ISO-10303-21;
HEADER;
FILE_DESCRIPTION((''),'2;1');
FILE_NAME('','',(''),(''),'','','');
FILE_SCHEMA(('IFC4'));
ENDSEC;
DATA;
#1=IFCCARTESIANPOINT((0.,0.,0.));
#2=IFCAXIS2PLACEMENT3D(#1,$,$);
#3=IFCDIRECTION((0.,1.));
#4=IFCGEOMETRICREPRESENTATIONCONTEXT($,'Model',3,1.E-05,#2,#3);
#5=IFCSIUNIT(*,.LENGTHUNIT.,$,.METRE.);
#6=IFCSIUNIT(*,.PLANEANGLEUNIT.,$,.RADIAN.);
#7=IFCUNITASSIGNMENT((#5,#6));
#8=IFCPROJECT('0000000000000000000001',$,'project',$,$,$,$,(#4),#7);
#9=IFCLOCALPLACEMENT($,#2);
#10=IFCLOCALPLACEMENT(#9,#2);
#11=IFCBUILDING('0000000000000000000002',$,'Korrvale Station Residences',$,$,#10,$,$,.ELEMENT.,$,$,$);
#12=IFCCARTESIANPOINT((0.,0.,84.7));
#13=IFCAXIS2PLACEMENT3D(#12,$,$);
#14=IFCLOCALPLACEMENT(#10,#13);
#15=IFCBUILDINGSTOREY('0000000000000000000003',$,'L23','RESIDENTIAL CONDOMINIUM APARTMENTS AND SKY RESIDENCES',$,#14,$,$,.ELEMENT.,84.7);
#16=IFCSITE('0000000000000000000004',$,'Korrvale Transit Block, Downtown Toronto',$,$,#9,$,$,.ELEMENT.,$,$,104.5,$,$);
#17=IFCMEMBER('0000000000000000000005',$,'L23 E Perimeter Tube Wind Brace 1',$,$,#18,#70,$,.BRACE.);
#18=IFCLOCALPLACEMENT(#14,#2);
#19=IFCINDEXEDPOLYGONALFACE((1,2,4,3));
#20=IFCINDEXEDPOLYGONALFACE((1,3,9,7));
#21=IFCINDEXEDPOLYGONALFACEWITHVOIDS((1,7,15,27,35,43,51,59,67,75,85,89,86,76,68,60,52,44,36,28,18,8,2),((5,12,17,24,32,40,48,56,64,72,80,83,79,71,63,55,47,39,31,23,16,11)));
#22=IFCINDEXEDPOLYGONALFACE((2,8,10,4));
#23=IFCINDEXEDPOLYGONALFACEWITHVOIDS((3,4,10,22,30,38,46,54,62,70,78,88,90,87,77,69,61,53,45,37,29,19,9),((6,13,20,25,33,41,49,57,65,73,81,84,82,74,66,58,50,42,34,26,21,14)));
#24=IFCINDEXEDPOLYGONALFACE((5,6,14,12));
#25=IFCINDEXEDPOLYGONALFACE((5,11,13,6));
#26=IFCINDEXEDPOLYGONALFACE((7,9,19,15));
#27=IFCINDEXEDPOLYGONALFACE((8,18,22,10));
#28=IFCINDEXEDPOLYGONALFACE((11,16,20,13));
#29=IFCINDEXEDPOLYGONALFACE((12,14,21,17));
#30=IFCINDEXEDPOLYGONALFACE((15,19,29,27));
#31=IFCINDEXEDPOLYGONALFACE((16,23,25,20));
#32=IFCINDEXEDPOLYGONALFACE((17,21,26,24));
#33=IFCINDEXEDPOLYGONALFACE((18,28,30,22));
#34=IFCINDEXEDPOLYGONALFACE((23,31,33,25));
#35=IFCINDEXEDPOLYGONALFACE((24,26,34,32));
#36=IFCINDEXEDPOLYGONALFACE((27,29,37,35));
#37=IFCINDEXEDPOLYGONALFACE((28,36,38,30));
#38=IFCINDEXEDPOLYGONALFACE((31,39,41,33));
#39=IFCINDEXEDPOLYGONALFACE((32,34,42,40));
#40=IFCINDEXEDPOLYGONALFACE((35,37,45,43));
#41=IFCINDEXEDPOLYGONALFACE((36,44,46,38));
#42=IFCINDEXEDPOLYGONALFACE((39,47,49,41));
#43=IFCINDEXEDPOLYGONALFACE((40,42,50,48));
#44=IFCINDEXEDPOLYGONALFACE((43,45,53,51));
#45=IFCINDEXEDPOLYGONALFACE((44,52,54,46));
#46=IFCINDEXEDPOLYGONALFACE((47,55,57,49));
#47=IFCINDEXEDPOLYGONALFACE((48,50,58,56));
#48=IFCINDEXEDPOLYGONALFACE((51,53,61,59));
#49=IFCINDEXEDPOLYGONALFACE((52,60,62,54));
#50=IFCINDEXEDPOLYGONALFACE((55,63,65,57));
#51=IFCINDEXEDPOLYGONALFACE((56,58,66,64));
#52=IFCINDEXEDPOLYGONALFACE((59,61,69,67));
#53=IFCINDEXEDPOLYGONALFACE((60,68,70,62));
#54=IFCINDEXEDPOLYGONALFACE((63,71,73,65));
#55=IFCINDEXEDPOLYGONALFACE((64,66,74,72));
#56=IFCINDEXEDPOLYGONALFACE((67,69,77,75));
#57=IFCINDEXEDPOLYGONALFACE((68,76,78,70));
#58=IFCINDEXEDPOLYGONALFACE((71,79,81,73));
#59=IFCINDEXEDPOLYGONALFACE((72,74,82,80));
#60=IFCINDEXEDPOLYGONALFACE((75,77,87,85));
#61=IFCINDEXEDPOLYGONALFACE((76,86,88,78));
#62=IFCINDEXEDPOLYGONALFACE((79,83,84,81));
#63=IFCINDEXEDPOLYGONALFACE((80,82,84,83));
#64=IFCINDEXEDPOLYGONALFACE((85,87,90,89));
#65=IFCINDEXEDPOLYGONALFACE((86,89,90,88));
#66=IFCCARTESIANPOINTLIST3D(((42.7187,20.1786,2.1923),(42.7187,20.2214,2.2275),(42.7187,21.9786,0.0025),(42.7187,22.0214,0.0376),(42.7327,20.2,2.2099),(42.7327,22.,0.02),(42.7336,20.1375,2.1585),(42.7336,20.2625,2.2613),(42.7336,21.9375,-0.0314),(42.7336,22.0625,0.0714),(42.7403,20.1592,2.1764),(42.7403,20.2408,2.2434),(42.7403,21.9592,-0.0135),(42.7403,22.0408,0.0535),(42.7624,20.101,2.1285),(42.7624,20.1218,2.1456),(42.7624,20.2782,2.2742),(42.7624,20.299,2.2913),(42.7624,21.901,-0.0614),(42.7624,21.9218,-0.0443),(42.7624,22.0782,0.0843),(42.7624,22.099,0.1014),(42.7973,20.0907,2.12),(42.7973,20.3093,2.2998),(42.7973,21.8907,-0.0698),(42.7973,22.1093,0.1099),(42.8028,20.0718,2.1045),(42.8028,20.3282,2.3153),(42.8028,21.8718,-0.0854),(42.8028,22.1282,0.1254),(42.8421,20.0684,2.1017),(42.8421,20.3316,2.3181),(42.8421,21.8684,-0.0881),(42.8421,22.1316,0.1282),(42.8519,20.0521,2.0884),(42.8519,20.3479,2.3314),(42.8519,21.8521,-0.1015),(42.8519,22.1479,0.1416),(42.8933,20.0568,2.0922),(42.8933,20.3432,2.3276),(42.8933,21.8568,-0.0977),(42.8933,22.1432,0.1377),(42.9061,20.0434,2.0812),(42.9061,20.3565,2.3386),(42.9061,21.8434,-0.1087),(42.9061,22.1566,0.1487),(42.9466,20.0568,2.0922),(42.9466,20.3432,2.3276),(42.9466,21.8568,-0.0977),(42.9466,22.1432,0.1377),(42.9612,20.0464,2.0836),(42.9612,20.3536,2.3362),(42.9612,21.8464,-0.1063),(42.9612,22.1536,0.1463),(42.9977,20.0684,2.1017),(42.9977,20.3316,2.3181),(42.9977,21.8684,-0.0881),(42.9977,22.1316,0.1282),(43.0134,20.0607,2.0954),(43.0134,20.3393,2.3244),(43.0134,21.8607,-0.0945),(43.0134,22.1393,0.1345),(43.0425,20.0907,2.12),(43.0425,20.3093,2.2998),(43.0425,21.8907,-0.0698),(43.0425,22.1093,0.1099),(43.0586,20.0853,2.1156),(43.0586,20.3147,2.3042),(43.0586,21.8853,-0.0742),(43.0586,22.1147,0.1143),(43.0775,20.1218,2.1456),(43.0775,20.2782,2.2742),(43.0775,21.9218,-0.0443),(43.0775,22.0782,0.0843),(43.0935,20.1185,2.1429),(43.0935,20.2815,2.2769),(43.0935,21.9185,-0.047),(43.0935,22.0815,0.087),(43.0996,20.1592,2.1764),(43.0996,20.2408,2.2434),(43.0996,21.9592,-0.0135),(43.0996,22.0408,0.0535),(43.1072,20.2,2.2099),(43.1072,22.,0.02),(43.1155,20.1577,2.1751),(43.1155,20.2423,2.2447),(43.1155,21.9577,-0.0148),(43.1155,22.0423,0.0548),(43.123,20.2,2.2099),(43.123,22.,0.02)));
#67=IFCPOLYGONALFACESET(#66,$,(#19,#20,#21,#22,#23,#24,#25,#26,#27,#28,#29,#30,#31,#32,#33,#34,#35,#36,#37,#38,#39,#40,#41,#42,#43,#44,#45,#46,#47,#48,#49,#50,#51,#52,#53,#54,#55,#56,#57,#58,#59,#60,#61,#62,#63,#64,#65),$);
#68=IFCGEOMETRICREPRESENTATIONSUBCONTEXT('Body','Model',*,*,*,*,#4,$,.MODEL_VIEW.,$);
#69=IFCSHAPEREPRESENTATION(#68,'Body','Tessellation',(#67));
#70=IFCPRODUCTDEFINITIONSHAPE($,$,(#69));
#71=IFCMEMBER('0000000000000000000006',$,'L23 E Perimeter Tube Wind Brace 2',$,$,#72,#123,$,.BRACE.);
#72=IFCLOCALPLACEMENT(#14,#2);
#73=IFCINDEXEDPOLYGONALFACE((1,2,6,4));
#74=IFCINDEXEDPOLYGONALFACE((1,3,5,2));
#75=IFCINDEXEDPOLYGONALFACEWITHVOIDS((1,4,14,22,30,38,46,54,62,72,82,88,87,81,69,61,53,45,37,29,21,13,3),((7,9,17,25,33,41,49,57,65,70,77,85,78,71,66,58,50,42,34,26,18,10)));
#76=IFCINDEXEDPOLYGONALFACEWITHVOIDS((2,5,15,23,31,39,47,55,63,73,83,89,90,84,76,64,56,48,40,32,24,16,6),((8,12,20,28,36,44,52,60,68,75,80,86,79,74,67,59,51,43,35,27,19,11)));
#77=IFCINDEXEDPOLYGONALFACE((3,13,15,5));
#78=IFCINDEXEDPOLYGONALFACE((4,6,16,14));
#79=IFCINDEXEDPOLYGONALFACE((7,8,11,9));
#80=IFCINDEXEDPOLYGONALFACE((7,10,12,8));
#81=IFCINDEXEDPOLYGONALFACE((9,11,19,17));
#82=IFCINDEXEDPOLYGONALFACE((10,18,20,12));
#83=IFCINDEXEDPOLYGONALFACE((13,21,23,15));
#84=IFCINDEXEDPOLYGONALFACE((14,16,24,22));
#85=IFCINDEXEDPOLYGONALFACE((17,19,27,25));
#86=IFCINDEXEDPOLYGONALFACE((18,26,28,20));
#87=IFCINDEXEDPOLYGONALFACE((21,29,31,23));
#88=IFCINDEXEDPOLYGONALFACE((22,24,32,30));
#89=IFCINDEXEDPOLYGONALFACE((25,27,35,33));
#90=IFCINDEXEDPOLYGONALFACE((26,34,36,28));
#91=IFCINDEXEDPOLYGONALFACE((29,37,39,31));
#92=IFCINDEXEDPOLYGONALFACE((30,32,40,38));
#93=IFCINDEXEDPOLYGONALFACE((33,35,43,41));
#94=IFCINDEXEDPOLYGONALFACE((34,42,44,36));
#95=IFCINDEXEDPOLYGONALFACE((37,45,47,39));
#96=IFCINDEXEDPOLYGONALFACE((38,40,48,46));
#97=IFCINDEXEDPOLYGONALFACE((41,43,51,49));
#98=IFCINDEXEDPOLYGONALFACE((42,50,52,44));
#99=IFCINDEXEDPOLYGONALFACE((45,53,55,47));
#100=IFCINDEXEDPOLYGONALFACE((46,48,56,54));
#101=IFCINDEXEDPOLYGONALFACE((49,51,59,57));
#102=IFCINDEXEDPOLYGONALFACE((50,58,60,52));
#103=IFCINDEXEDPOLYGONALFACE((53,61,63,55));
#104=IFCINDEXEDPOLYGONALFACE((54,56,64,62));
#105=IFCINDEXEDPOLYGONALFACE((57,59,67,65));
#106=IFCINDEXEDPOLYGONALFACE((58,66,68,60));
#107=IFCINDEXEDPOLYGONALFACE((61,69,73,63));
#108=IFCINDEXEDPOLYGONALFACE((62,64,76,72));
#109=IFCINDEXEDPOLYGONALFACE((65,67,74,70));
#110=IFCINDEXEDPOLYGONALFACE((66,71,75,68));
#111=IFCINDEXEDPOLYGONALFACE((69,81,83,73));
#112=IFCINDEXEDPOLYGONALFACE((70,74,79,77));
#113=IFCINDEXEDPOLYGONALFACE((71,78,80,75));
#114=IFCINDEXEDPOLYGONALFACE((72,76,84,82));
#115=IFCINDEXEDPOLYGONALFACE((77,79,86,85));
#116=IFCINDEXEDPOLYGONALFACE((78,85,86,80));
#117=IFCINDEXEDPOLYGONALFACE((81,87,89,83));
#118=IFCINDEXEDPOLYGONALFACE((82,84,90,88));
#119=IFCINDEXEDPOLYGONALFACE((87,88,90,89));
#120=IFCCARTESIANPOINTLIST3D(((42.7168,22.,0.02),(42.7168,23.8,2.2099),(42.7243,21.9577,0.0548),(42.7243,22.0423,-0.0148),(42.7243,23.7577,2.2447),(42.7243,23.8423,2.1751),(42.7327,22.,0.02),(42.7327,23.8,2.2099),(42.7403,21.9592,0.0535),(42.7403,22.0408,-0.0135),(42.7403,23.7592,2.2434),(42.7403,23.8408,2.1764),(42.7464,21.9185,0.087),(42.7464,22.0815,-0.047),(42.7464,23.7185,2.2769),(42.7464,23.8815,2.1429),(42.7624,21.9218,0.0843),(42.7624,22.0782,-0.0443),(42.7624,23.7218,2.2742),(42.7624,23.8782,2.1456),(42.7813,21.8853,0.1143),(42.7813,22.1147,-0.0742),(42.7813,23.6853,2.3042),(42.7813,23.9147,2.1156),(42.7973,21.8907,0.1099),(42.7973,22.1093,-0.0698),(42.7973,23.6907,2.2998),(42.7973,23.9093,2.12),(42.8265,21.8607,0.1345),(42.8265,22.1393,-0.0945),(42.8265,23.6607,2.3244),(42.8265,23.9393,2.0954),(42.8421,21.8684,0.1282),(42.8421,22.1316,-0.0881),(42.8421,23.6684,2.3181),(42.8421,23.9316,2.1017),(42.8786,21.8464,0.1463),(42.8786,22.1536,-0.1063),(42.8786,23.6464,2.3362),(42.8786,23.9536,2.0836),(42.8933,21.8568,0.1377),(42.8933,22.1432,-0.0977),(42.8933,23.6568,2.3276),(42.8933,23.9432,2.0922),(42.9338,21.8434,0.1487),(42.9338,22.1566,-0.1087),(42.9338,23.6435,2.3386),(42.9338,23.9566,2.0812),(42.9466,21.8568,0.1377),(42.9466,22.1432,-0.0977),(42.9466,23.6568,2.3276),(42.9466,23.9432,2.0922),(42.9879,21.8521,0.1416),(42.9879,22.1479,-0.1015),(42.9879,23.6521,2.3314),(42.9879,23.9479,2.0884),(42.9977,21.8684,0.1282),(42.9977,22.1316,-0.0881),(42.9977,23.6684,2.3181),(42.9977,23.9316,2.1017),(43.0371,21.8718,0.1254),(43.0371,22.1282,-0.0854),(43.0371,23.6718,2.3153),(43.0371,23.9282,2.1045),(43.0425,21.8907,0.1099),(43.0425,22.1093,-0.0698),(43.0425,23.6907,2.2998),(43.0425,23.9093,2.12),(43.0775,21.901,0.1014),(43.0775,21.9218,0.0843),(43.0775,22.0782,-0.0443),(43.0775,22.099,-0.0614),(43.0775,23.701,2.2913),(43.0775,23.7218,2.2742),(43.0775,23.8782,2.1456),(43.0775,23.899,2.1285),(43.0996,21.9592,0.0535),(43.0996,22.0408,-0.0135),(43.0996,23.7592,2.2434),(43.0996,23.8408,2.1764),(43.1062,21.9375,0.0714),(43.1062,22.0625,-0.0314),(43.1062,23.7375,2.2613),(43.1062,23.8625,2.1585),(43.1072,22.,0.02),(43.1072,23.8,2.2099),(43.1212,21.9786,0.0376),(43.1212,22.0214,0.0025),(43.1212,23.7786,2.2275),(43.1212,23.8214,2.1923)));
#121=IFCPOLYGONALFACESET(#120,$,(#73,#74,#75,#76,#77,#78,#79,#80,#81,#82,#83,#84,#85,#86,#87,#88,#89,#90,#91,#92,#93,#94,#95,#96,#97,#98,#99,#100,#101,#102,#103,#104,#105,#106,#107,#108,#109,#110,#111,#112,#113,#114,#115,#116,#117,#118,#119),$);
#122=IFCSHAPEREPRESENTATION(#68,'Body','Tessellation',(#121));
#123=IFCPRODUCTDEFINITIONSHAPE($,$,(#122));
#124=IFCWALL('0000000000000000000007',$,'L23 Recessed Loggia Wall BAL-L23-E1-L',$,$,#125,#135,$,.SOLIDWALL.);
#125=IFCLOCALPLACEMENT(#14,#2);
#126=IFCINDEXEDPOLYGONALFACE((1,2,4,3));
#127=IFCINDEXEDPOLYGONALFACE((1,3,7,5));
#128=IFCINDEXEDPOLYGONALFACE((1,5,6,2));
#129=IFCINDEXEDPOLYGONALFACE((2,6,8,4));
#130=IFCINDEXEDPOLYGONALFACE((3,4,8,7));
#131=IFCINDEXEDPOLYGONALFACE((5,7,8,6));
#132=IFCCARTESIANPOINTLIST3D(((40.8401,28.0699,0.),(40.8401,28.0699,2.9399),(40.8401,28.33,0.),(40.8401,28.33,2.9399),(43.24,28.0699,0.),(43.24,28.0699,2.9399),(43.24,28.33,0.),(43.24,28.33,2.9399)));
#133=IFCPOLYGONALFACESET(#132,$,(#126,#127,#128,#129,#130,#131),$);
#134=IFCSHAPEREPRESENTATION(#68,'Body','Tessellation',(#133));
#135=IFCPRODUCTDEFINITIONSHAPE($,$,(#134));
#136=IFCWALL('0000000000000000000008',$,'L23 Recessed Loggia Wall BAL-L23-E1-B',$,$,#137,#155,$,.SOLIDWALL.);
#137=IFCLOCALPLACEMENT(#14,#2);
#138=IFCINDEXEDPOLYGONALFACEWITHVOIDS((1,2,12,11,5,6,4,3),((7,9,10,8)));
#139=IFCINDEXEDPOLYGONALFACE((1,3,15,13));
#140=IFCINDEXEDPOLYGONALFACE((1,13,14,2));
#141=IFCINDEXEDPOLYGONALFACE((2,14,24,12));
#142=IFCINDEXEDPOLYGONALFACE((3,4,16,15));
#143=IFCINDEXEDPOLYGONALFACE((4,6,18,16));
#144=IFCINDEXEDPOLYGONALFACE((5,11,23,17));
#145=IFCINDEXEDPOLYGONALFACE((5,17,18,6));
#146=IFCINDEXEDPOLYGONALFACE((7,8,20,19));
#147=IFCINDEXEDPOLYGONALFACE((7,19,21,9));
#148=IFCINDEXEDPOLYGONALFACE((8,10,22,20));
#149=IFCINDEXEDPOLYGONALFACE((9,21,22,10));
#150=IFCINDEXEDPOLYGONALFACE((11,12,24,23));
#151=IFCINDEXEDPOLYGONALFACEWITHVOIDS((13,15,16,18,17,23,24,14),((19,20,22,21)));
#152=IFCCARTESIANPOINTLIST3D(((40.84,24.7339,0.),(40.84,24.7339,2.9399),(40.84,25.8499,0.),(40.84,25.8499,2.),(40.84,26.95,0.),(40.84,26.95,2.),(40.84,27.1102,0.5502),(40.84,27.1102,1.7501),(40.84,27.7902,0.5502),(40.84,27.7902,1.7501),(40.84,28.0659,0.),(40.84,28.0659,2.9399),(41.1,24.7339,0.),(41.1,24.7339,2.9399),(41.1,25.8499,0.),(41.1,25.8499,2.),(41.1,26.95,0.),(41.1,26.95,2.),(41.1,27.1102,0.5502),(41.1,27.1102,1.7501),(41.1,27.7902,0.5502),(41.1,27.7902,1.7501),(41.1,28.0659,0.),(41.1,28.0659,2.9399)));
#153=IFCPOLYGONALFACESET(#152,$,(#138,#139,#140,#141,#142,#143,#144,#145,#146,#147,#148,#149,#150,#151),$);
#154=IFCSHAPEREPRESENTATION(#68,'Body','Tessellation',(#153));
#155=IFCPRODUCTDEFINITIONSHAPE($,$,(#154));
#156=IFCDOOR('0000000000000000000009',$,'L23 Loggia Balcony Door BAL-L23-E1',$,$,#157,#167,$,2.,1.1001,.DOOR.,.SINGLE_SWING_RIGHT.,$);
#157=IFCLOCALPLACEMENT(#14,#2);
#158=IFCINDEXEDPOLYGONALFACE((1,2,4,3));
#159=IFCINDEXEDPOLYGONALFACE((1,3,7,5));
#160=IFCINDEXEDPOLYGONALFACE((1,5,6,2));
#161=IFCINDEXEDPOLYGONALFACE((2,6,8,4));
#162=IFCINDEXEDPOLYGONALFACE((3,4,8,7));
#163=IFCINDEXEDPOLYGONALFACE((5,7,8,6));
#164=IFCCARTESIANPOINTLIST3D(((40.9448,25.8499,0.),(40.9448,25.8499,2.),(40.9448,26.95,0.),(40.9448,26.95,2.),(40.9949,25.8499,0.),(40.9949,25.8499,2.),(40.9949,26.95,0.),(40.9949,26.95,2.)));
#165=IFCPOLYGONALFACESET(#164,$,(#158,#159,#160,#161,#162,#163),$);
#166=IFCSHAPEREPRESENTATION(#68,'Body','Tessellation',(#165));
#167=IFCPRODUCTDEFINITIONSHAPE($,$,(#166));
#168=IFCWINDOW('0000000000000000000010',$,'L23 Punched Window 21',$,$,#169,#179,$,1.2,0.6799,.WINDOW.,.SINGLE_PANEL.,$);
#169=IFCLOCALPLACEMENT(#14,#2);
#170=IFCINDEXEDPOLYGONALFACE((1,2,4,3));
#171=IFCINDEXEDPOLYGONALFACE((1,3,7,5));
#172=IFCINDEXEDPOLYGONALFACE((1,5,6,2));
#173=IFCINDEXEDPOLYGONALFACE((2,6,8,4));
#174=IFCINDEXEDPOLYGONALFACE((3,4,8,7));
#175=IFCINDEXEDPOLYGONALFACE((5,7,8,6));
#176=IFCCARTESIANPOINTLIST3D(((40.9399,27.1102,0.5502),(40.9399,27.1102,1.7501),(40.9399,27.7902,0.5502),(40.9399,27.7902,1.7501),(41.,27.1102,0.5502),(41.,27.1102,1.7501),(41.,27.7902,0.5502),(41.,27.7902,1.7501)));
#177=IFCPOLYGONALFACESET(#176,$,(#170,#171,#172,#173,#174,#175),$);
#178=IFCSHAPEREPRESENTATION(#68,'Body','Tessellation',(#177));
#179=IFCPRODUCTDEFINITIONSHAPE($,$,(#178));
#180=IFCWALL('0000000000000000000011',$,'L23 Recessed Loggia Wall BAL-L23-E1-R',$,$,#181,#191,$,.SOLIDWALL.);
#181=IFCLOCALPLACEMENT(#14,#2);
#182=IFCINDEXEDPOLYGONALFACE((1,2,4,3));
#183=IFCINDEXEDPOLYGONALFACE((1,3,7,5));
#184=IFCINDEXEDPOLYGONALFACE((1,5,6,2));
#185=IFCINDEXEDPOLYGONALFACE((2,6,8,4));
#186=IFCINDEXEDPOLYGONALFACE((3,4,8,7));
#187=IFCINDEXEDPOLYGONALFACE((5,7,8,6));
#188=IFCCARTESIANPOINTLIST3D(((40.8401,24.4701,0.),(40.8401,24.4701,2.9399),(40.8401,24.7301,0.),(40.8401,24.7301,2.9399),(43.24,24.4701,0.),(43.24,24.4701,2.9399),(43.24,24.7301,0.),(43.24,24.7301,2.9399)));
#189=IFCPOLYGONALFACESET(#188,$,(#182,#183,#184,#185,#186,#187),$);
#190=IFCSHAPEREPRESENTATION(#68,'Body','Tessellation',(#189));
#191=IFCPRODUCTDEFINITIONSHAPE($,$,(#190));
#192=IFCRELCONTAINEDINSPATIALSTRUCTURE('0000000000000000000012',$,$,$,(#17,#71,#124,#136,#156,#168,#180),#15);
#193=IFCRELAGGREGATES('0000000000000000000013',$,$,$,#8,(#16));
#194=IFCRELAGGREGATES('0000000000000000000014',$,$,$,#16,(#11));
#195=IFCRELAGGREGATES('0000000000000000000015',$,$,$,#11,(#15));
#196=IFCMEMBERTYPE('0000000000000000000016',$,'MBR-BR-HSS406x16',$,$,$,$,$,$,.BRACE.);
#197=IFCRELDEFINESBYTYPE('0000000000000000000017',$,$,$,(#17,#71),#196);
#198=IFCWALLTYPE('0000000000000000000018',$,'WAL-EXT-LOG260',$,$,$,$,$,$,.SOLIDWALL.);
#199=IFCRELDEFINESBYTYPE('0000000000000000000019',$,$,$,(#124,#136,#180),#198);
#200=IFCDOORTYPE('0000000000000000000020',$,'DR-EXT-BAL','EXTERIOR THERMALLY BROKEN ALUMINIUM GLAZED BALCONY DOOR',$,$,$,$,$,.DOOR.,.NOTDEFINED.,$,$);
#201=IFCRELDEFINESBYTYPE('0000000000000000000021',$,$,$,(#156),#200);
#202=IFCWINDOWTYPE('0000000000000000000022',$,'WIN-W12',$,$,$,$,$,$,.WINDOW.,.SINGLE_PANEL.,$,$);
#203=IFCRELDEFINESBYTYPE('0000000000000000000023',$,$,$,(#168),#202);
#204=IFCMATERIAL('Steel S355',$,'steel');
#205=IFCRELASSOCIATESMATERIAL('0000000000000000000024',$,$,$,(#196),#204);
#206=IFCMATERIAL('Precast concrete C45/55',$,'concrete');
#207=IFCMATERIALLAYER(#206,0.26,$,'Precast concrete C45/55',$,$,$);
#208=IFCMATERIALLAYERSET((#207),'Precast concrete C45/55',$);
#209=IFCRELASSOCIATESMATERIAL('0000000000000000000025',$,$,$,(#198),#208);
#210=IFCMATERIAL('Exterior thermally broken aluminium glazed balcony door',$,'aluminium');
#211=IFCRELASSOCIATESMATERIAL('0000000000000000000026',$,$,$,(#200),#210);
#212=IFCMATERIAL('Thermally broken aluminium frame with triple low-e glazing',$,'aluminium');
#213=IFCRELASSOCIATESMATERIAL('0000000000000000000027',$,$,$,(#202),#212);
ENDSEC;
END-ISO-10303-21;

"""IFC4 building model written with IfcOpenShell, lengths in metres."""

from ifc_helpers import new_model, si_unit, direction, frame, frame_2d, origin, origin_2d, place, context, subcontext, project, spatial, rectangle, hollow_circle, extrude, material, layer, layer_set, material_profile, profile_set, type_object, element, fill, save


model = new_model("IFC4")

# Units and contexts
model_context = context("Model", 3, precision=1e-05, world=origin(), true_north=direction((0.0, 1.0)))
body_context = subcontext(model_context, "Body", "Model", "MODEL_VIEW")
ifc_project = project(units=[si_unit("LENGTHUNIT", "METRE"), si_unit("PLANEANGLEUNIT", "RADIAN")], contexts=[model_context])

# Site, building, storey
site_placement = place(None, origin())
site = spatial("IfcSite", under=ifc_project, at=site_placement, Name="Korrvale Transit Block, Downtown Toronto", CompositionType="ELEMENT", RefElevation=104.5)
building_placement = place(site_placement, origin())
building = spatial("IfcBuilding", under=site, at=building_placement, Name="Korrvale Station Residences", CompositionType="ELEMENT")
storey_placement = place(building_placement, frame((0.0, 0.0, 84.7)))
storey = spatial("IfcBuildingStorey", under=building, at=storey_placement, Name="L23", Description="RESIDENTIAL CONDOMINIUM APARTMENTS AND SKY RESIDENCES", CompositionType="ELEMENT", Elevation=84.7)

# Shared definitions
ifc_material_1 = material(Name="Steel S355", Category="steel")

# Members
ifc_material_profile_1 = material_profile(ifc_material_1, hollow_circle(Radius=0.2031, WallThickness=0.0159, at=origin_2d()), Name="HSS406x16")
ifc_profile_set_1 = profile_set([ifc_material_profile_1], Name="Steel S355")
member_type = type_object("IfcMemberType", Name="MBR-BR-HSS406x16", PredefinedType="BRACE", material=ifc_profile_set_1)
for number, where, z_axis, x_axis, name in (
    (1, (42.9199, 22.0, 0.02), (0.0, -0.634985, 0.772524), (1.0, 0.0, 0.0), "L23 E Perimeter Tube Wind Brace 1"),
    (2, (42.9199, 22.0, 0.02), (0.0, 0.634985, 0.772524), (-1.0, 0.0, 0.0), "L23 E Perimeter Tube Wind Brace 2"),
):
    element("IfcMember", number, at=place(storey_placement, frame(where, z_axis=z_axis, x_axis=x_axis)), inside=storey, type_object=member_type, Name=name, PredefinedType="BRACE", context=body_context, shape_type="SweptSolid", body=[
        extrude(hollow_circle(Radius=0.2031, WallThickness=0.0159, at=origin_2d()), origin(), (0.0, 0.0, 1.0), 2.8347),
    ])

# Wall
ifc_material_2 = material(Name="Precast concrete C45/55", Category="concrete")
ifc_layer_1 = layer(ifc_material_2, 0.26, Name="Precast concrete C45/55")
ifc_layer_set_1 = layer_set([ifc_layer_1], Name="Precast concrete C45/55")
wall_type_1 = type_object("IfcWallType", Name="WAL-EXT-LOG260", PredefinedType="SOLIDWALL", material=ifc_layer_set_1)
wall_1_placement = place(storey_placement, frame((43.24, 28.2, 0.0), z_axis=(0.0, 0.0, 1.0), x_axis=(-1.0, 0.0, 0.0)))
element("IfcWall", 3, at=wall_1_placement, inside=storey, type_object=wall_type_1, Name="L23 Recessed Loggia Wall BAL-L23-E1-L", PredefinedType="SOLIDWALL", context=body_context, shape_type="SweptSolid", body=[
    extrude(rectangle(XDim=2.3999, YDim=0.26, at=frame_2d((1.2, 0.0))), origin(), (0.0, 0.0, 1.0), 2.9399),
])

# Wall, openings, door, window
wall_2_placement = place(storey_placement, frame((40.97, 28.0659, 0.0), z_axis=(0.0, 0.0, 1.0), x_axis=(0.0, -1.0, 0.0)))
wall_2 = element("IfcWall", 4, at=wall_2_placement, inside=storey, type_object=wall_type_1, Name="L23 Recessed Loggia Wall BAL-L23-E1-B", PredefinedType="SOLIDWALL", context=body_context, shape_type="SweptSolid", body=[
    extrude(rectangle(XDim=3.332, YDim=0.26, at=frame_2d((1.666, 0.0))), origin(), (0.0, 0.0, 1.0), 2.9399),
])
opening_1_placement = place(wall_2_placement, frame((1.116, 0.0, 0.0)))
opening_1 = element("IfcOpeningElement", 5, at=opening_1_placement, cuts=wall_2, PredefinedType="OPENING", context=body_context, shape_type="SweptSolid", body=[
    extrude(rectangle(XDim=1.1001, YDim=2.0, at=frame_2d((0.55, 1.0))), frame((0.0, 0.1401, 0.0), z_axis=(0.0, -1.0, 0.0), x_axis=(1.0, 0.0, 0.0)), (0.0, 0.0, 1.0), 0.28),
])
opening_2_placement = place(wall_2_placement, frame((0.2759, 0.0, 0.55)))
opening_2 = element("IfcOpeningElement", 6, at=opening_2_placement, cuts=wall_2, PredefinedType="OPENING", context=body_context, shape_type="SweptSolid", body=[
    extrude(rectangle(XDim=0.6799, YDim=1.2, at=frame_2d((0.3398, 0.6001))), frame((0.0, 0.1401, 0.0), z_axis=(0.0, -1.0, 0.0), x_axis=(1.0, 0.0, 0.0)), (0.0, 0.0, 1.0), 0.28),
])
ifc_material_3 = material(Name="Exterior thermally broken aluminium glazed balcony door", Category="aluminium")
door_type_1 = type_object("IfcDoorType", Name="DR-EXT-BAL", Description="EXTERIOR THERMALLY BROKEN ALUMINIUM GLAZED BALCONY DOOR", OperationType="NOTDEFINED", PredefinedType="DOOR", material=ifc_material_3)
door_1_placement = place(opening_1_placement, origin())
door_1 = element("IfcDoor", 7, at=door_1_placement, inside=storey, type_object=door_type_1, Name="L23 Loggia Balcony Door BAL-L23-E1", OperationType="SINGLE_SWING_RIGHT", OverallHeight=2.0, OverallWidth=1.1001, PredefinedType="DOOR", context=body_context, shape_type="SweptSolid", body=[
    extrude(rectangle(XDim=1.1001, YDim=2.0, at=frame_2d((0.55, 1.0))), frame((0.0, 0.0249, 0.0), z_axis=(0.0, -1.0, 0.0), x_axis=(1.0, 0.0, 0.0)), (0.0, 0.0, 1.0), 0.05),
])
fill(opening_1, door_1)
ifc_material_4 = material(Name="Thermally broken aluminium frame with triple low-e glazing", Category="aluminium")
window_type_1 = type_object("IfcWindowType", Name="WIN-W12", PartitioningType="SINGLE_PANEL", PredefinedType="WINDOW", material=ifc_material_4)
window_1_placement = place(opening_2_placement, origin())
window_1 = element("IfcWindow", 8, at=window_1_placement, inside=storey, type_object=window_type_1, Name="L23 Punched Window 21", OverallHeight=1.2, OverallWidth=0.6799, PartitioningType="SINGLE_PANEL", PredefinedType="WINDOW", context=body_context, shape_type="SweptSolid", body=[
    extrude(rectangle(XDim=0.6799, YDim=1.2, at=frame_2d((0.3398, 0.6001))), frame((0.0, 0.03, 0.0), z_axis=(0.0, -1.0, 0.0), x_axis=(1.0, 0.0, 0.0)), (0.0, 0.0, 1.0), 0.0601),
])
fill(opening_2, window_1)

# Wall
wall_3_placement = place(storey_placement, frame((40.8401, 24.6001, 0.0), z_axis=(0.0, 0.0, 1.0), x_axis=(1.0, 0.0, 0.0)))
element("IfcWall", 9, at=wall_3_placement, inside=storey, type_object=wall_type_1, Name="L23 Recessed Loggia Wall BAL-L23-E1-R", PredefinedType="SOLIDWALL", context=body_context, shape_type="SweptSolid", body=[
    extrude(rectangle(XDim=2.3999, YDim=0.26, at=frame_2d((1.2, 0.0))), origin(), (0.0, 0.0, 1.0), 2.9399),
])

save(model, "model.ifc")
